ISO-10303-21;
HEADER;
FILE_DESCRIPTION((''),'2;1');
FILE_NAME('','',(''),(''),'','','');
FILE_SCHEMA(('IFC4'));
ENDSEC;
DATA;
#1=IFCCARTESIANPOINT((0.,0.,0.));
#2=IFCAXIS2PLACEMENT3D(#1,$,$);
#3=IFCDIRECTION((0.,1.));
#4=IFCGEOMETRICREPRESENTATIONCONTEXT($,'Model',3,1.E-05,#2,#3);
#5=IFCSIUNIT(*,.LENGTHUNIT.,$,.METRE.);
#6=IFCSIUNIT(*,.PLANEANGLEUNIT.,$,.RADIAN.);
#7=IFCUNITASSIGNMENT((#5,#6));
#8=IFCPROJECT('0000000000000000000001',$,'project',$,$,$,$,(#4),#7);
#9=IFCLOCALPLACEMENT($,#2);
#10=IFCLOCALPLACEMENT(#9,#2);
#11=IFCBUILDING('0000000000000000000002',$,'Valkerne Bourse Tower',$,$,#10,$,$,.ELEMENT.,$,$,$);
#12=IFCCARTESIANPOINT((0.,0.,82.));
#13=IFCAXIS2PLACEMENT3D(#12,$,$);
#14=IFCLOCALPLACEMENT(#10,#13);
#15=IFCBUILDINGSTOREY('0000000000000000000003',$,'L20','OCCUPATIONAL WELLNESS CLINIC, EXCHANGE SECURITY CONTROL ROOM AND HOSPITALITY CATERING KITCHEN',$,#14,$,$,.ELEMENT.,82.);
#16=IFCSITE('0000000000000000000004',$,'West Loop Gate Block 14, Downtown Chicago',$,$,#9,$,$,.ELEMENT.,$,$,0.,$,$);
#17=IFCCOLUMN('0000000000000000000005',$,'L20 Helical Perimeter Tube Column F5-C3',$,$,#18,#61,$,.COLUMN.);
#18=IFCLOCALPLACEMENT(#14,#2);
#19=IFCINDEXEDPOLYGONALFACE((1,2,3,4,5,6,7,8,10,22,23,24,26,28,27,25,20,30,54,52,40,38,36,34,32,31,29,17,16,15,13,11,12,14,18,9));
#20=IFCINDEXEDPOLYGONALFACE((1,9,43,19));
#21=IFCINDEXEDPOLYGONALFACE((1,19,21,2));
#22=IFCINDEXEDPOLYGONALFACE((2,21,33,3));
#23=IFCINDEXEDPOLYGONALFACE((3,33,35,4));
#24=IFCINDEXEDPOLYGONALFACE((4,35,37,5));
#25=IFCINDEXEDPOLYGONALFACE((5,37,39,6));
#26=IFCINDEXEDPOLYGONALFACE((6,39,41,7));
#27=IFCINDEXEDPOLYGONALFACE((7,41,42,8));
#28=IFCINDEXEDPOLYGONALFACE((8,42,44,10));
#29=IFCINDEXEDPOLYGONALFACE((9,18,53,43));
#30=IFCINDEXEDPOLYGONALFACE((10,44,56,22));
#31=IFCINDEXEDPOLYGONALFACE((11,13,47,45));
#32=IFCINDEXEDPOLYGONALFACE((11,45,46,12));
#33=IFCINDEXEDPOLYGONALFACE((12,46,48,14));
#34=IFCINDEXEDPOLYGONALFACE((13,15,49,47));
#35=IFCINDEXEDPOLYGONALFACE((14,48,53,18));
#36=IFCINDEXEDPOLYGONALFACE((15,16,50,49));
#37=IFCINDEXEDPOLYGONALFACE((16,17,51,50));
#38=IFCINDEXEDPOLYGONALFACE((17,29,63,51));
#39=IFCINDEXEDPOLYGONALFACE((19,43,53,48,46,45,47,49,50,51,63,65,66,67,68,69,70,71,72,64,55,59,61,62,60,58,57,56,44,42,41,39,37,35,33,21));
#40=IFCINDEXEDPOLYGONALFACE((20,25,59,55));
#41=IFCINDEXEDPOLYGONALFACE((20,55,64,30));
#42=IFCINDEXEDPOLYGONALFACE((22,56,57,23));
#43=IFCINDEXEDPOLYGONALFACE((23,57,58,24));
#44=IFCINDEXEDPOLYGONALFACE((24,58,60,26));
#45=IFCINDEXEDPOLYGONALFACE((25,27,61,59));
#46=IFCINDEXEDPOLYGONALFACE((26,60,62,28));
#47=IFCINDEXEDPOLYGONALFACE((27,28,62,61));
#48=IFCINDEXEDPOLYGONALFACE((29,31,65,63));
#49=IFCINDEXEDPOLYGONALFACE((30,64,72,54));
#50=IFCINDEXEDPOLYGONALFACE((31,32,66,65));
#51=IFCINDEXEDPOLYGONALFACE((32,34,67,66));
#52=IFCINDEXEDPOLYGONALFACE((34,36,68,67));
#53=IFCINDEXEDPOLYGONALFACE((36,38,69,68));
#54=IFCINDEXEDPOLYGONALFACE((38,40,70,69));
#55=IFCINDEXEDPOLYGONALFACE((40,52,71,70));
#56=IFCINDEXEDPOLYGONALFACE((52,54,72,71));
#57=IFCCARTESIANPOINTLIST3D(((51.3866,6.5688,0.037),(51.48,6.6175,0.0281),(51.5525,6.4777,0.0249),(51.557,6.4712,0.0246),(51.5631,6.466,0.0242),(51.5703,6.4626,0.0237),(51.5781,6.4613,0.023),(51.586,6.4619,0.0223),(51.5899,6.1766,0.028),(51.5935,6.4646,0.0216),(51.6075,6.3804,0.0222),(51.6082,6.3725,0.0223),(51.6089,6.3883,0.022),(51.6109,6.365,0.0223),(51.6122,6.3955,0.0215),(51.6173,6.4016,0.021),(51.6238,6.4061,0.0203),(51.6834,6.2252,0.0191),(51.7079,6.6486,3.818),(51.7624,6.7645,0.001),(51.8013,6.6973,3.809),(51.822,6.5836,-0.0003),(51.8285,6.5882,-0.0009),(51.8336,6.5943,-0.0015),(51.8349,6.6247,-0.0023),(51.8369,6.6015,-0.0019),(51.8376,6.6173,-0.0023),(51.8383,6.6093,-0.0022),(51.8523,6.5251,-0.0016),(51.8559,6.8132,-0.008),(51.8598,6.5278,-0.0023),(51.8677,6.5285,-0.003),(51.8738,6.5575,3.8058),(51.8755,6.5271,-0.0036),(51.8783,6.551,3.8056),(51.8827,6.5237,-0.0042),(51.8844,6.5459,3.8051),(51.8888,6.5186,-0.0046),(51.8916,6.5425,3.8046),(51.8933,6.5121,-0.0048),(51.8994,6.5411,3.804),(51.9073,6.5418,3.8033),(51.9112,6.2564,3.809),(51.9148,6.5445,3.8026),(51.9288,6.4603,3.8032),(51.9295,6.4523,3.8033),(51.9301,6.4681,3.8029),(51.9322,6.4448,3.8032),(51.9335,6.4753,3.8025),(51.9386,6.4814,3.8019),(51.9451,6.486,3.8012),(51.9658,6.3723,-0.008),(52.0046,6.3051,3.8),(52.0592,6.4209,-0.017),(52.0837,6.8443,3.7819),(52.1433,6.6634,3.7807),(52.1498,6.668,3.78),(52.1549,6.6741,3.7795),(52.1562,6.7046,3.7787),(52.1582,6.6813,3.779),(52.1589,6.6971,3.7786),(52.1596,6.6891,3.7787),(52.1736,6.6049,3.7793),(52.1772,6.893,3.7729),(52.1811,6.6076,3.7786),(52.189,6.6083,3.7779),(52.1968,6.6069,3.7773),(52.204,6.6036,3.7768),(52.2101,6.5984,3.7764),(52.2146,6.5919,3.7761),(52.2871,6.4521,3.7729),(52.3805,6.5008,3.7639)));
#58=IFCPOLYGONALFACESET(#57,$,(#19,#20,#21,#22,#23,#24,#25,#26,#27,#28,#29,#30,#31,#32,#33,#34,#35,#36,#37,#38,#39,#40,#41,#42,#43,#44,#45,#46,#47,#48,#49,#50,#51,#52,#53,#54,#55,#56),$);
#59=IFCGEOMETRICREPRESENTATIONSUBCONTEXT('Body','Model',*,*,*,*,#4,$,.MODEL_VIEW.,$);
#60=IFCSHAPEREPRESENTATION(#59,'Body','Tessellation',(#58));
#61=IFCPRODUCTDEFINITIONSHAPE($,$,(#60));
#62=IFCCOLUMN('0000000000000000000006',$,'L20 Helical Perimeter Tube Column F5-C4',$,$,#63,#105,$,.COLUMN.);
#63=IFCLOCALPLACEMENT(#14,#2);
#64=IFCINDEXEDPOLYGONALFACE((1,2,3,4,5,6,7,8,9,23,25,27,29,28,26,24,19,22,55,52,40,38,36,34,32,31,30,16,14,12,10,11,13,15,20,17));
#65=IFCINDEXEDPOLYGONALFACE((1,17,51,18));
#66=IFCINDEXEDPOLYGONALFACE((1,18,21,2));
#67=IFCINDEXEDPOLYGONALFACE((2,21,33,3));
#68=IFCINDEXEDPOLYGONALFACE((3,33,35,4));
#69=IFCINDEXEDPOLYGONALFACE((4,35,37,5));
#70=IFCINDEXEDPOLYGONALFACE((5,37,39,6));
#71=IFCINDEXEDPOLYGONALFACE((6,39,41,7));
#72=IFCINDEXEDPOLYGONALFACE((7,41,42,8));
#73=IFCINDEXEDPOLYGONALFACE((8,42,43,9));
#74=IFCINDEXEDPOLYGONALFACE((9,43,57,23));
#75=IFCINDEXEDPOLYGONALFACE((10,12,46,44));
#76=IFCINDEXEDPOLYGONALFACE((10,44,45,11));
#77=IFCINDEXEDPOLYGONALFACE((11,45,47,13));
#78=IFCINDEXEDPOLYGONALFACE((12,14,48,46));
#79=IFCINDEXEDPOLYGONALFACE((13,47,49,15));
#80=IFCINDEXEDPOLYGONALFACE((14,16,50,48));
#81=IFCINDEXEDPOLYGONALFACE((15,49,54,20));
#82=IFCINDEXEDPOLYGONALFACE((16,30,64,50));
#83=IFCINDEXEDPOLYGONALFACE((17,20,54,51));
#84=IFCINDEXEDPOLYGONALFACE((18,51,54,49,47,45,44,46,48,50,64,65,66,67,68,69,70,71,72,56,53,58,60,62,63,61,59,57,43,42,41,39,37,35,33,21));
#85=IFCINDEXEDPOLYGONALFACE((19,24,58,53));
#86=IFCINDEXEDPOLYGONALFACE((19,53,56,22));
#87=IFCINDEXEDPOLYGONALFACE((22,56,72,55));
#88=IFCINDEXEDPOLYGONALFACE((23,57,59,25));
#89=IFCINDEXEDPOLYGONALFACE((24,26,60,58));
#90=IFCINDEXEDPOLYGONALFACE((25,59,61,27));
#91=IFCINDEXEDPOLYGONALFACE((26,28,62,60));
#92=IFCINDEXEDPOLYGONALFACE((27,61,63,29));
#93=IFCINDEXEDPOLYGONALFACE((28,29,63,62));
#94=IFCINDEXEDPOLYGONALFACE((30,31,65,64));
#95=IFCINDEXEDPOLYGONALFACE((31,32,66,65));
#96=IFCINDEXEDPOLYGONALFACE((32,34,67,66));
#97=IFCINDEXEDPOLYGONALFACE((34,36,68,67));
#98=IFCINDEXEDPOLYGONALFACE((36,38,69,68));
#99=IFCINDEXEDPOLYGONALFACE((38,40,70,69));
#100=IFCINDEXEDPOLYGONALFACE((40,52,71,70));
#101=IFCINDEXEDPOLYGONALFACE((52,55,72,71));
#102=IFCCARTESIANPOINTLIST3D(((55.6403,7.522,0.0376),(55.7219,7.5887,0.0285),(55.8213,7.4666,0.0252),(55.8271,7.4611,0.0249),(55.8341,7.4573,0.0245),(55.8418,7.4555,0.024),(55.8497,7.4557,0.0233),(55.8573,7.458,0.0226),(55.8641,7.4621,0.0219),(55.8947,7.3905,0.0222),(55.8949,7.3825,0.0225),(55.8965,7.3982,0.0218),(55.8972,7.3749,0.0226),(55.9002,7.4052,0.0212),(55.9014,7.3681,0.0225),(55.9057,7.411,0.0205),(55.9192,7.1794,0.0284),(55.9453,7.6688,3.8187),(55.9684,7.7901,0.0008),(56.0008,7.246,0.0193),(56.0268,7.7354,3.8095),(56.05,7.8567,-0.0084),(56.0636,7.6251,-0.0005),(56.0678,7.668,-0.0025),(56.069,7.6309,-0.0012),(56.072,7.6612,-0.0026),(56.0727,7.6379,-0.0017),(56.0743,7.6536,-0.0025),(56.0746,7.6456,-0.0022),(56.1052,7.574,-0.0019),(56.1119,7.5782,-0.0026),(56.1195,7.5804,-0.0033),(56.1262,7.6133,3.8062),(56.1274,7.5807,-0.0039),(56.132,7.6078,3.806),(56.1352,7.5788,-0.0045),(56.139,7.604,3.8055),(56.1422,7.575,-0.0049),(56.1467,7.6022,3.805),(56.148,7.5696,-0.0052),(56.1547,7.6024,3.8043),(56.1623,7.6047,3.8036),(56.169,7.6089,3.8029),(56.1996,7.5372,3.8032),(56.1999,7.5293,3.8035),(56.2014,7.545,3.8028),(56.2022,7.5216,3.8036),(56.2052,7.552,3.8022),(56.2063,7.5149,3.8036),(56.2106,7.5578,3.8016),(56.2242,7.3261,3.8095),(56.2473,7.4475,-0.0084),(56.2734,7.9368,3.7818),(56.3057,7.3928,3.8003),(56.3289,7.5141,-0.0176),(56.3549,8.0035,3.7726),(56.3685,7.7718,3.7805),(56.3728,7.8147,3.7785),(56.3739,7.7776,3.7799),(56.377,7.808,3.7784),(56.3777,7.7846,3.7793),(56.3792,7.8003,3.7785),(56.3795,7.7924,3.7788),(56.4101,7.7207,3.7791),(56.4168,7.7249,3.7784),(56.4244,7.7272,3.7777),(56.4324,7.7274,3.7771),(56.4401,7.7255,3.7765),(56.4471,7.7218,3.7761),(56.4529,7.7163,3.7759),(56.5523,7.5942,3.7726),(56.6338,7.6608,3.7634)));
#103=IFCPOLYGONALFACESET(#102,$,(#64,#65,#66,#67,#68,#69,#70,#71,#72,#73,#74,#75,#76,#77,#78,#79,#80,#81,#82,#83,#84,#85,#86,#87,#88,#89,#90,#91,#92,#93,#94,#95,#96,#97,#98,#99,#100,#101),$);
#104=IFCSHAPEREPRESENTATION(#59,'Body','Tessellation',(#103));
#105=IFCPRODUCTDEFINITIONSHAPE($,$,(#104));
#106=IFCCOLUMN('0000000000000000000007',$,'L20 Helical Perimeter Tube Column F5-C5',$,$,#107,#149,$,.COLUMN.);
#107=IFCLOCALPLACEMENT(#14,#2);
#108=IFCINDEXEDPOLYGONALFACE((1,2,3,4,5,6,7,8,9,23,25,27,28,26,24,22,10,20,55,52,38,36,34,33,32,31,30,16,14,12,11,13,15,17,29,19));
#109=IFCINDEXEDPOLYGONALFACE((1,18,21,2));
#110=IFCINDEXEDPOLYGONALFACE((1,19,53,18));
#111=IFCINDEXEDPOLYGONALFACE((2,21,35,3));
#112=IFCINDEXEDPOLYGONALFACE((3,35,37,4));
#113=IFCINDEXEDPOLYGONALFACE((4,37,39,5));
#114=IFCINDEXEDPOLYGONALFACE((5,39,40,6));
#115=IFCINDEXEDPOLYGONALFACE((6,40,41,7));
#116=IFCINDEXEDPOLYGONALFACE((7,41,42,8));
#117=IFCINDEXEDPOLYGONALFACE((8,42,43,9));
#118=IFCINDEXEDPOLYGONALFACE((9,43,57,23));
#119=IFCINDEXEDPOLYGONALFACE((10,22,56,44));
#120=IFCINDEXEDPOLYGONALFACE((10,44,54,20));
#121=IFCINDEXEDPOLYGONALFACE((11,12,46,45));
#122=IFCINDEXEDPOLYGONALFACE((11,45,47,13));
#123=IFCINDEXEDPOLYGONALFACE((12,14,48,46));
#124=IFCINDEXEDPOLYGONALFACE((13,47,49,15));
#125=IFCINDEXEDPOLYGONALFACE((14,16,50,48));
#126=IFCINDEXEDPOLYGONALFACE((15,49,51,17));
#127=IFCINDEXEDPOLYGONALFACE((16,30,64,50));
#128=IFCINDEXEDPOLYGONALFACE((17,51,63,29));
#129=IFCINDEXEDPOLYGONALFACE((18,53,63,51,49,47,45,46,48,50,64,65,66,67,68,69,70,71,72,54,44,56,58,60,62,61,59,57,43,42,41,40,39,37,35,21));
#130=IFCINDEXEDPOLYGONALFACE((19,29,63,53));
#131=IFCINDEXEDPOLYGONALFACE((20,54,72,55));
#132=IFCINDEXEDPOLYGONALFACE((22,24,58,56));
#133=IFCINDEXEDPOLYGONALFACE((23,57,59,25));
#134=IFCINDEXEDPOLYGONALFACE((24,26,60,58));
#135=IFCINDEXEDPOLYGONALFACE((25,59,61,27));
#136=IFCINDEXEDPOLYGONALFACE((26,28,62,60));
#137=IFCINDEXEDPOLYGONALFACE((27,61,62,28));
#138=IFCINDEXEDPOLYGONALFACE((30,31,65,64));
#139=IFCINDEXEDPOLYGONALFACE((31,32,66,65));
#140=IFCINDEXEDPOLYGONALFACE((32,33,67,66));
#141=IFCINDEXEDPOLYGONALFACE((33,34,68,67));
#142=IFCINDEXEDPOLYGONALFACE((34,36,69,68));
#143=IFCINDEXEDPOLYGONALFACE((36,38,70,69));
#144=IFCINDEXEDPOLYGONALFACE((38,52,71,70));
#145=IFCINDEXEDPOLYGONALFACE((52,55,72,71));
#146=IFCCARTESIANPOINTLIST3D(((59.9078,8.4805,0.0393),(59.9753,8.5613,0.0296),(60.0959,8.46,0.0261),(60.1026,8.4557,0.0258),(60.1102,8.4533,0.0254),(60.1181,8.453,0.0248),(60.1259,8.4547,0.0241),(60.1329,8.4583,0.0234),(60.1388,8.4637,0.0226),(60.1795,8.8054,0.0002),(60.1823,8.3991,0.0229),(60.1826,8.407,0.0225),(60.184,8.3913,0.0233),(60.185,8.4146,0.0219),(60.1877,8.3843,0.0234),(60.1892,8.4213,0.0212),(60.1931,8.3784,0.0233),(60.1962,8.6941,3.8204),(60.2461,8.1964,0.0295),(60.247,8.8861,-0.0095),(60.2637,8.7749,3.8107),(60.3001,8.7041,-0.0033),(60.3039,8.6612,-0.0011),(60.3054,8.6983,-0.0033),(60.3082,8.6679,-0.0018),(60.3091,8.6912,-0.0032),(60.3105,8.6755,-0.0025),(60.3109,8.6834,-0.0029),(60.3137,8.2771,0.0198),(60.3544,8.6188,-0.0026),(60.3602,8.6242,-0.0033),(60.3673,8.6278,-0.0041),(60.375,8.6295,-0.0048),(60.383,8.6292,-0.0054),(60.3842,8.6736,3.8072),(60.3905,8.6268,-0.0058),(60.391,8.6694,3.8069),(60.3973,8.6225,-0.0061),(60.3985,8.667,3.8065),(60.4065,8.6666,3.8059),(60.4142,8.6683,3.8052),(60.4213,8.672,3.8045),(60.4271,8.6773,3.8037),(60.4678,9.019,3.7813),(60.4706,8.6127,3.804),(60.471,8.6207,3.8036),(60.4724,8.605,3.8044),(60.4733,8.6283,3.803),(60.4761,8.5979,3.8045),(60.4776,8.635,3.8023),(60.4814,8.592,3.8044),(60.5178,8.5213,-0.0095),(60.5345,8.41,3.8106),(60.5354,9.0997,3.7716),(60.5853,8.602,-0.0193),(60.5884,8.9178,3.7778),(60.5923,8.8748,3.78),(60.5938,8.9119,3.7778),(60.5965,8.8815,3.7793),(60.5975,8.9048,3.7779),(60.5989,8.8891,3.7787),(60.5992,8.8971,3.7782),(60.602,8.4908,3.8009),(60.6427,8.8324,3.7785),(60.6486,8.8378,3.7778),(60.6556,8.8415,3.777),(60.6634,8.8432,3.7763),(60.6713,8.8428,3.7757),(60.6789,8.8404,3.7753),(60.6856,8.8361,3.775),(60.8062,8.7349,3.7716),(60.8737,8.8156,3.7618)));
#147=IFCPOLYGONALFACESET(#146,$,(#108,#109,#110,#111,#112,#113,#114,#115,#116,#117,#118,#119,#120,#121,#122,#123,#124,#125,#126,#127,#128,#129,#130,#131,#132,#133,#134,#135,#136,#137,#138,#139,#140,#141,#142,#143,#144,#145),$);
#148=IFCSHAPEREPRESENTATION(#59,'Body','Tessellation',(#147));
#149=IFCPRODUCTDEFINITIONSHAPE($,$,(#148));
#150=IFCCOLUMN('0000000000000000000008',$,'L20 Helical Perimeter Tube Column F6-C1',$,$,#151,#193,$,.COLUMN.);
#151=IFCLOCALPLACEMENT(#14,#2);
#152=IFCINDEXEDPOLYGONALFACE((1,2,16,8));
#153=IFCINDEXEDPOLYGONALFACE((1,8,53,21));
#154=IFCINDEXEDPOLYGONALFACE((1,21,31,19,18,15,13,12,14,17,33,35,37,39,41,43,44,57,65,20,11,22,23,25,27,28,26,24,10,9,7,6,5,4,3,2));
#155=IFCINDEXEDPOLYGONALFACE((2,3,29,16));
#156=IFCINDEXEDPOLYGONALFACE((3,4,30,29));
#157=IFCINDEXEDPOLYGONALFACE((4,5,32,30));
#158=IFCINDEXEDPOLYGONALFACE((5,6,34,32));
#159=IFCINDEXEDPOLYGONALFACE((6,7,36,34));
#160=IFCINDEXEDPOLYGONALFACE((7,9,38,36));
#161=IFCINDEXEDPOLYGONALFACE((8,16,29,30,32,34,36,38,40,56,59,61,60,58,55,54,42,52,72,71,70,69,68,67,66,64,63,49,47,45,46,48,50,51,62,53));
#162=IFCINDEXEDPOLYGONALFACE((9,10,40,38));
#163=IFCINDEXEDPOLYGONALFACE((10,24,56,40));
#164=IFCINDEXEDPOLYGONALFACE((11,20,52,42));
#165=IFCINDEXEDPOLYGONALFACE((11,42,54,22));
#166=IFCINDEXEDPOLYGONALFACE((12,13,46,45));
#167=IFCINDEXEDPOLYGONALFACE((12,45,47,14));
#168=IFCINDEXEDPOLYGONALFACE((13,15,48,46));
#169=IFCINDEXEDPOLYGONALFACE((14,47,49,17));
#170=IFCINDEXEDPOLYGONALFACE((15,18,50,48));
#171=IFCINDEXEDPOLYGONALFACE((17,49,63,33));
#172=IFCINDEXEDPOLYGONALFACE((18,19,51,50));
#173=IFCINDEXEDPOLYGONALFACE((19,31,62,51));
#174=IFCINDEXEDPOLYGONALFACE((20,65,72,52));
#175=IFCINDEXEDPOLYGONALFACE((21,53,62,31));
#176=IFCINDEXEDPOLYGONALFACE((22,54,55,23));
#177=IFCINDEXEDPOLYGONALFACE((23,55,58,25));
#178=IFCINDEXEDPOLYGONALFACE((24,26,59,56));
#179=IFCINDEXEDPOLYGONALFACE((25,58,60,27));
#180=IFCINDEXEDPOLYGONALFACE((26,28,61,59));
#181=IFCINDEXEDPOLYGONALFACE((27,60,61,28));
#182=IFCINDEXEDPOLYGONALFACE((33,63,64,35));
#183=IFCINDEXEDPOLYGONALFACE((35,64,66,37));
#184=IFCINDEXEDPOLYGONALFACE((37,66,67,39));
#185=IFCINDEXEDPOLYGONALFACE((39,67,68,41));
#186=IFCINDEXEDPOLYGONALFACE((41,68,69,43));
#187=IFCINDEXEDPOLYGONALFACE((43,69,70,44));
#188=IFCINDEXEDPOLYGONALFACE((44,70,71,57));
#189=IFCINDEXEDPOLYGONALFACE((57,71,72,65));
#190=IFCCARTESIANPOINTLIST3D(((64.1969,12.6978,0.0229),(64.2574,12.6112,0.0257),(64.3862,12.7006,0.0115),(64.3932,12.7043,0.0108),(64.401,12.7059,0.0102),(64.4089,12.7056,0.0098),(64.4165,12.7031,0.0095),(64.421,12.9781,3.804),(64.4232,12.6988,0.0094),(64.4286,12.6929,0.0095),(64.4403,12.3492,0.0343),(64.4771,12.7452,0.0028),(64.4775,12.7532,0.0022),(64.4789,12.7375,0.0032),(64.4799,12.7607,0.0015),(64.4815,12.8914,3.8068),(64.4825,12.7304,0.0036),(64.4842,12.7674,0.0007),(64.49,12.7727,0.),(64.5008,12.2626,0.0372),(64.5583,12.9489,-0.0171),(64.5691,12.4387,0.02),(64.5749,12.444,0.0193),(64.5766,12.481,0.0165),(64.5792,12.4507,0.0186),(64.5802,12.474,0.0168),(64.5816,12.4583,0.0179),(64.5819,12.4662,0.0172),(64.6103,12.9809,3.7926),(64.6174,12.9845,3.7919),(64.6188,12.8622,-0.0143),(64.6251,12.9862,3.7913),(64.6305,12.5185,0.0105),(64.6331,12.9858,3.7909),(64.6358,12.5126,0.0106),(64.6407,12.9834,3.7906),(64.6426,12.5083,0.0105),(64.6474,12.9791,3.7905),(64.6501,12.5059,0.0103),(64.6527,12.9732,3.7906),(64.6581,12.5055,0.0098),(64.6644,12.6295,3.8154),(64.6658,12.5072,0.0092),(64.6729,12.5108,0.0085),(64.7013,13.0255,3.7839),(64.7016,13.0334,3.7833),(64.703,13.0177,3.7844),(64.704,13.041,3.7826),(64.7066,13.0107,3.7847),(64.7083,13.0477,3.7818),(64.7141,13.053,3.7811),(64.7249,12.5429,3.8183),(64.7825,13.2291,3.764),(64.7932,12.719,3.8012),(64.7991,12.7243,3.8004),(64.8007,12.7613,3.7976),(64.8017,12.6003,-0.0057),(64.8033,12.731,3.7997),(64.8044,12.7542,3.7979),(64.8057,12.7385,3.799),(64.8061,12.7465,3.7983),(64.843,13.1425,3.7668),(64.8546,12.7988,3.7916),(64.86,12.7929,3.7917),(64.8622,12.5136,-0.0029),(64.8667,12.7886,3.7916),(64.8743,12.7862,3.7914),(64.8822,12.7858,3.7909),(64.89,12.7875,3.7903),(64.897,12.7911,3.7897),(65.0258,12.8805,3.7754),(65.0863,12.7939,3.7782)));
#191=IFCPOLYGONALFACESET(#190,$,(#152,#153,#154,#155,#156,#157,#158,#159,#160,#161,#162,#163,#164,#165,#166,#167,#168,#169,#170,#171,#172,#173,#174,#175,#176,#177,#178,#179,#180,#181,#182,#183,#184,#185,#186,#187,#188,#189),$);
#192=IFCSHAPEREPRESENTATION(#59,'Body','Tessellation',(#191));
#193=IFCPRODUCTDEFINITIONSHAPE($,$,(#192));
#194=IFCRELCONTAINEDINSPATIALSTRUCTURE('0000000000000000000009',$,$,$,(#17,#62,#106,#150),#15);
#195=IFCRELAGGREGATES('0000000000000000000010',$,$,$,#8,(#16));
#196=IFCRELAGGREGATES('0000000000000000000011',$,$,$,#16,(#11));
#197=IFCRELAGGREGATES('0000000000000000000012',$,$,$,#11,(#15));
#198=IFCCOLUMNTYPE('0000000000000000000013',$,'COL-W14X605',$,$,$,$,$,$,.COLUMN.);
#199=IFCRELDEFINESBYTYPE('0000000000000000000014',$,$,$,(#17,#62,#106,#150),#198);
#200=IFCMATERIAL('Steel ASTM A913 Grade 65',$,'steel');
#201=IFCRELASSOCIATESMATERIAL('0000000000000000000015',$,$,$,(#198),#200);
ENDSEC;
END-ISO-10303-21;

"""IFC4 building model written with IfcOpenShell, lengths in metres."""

from ifc_helpers import new_model, si_unit, direction, frame, origin, origin_2d, place, context, subcontext, project, spatial, i_section, extrude, material, material_profile, profile_set, type_object, element, save


model = new_model("IFC4")

# Units and contexts
model_context = context("Model", 3, precision=1e-05, world=origin(), true_north=direction((0.0, 1.0)))
body_context = subcontext(model_context, "Body", "Model", "MODEL_VIEW")
ifc_project = project(units=[si_unit("LENGTHUNIT", "METRE"), si_unit("PLANEANGLEUNIT", "RADIAN")], contexts=[model_context])

# Site, building, storey
site_placement = place(None, origin())
site = spatial("IfcSite", under=ifc_project, at=site_placement, Name="West Loop Gate Block 14, Downtown Chicago", CompositionType="ELEMENT", RefElevation=0.0)
building_placement = place(site_placement, origin())
building = spatial("IfcBuilding", under=site, at=building_placement, Name="Valkerne Bourse Tower", CompositionType="ELEMENT")
storey_placement = place(building_placement, frame((0.0, 0.0, 82.0)))
storey = spatial("IfcBuildingStorey", under=building, at=storey_placement, Name="L20", Description="OCCUPATIONAL WELLNESS CLINIC, EXCHANGE SECURITY CONTROL ROOM AND HOSPITALITY CATERING KITCHEN", CompositionType="ELEMENT", Elevation=82.0)

# Columns
ifc_material_1 = material(Name="Steel ASTM A913 Grade 65", Category="steel")
ifc_material_profile_1 = material_profile(ifc_material_1, i_section(OverallWidth=0.4419, OverallDepth=0.531, WebThickness=0.0659, FlangeThickness=0.1057, FilletRadius=0.0305, at=origin_2d()), Name="W14X605")
ifc_profile_set_1 = profile_set([ifc_material_profile_1], Name="Steel ASTM A913 Grade 65")
column_type = type_object("IfcColumnType", Name="COL-W14X605", PredefinedType="COLUMN", material=ifc_profile_set_1)
column_1_placement = place(storey_placement, frame((51.7229, 6.4949, 0.01), z_axis=(0.084651, 0.021034, 0.996189), x_axis=(-0.460177, 0.887594, 0.020362)))
element("IfcColumn", 1, at=column_1_placement, inside=storey, type_object=column_type, Name="L20 Helical Perimeter Tube Column F5-C3", PredefinedType="COLUMN", context=body_context, shape_type="SweptSolid", body=[
    extrude(i_section(OverallWidth=0.4419, OverallDepth=0.531, WebThickness=0.0659, FlangeThickness=0.1057, FilletRadius=0.0305, at=origin_2d()), origin(), (0.0, 0.0, 1.0), 3.7954),
])
column_2_placement = place(storey_placement, frame((55.9846, 7.5181, 0.01), z_axis=(0.080327, 0.038652, 0.996019), x_axis=(-0.63114, 0.77539, 0.02081)))
element("IfcColumn", 2, at=column_2_placement, inside=storey, type_object=column_type, Name="L20 Helical Perimeter Tube Column F5-C4", PredefinedType="COLUMN", context=body_context, shape_type="SweptSolid", body=[
    extrude(i_section(OverallWidth=0.4419, OverallDepth=0.531, WebThickness=0.0659, FlangeThickness=0.1057, FilletRadius=0.0305, at=origin_2d()), origin(), (0.0, 0.0, 1.0), 3.7961),
])
for number, where, z_axis, x_axis, name in (
    (3, (60.2466, 8.5413, 0.01), (0.075916, 0.056246, 0.995527), (-0.765594, 0.642946, 0.022056), "L20 Helical Perimeter Tube Column F5-C5"),
    (4, (64.5295, 12.6057, 0.01), (0.05901, 0.073795, 0.995526), (-0.817948, -0.568114, 0.090597), "L20 Helical Perimeter Tube Column F6-C1"),
):
    element("IfcColumn", number, at=place(storey_placement, frame(where, z_axis=z_axis, x_axis=x_axis)), inside=storey, type_object=column_type, Name=name, PredefinedType="COLUMN", context=body_context, shape_type="SweptSolid", body=[
        extrude(i_section(OverallWidth=0.4419, OverallDepth=0.531, WebThickness=0.0659, FlangeThickness=0.1057, FilletRadius=0.0305, at=origin_2d()), origin(), (0.0, 0.0, 1.0), 3.7981),
    ])

save(model, "model.ifc")
